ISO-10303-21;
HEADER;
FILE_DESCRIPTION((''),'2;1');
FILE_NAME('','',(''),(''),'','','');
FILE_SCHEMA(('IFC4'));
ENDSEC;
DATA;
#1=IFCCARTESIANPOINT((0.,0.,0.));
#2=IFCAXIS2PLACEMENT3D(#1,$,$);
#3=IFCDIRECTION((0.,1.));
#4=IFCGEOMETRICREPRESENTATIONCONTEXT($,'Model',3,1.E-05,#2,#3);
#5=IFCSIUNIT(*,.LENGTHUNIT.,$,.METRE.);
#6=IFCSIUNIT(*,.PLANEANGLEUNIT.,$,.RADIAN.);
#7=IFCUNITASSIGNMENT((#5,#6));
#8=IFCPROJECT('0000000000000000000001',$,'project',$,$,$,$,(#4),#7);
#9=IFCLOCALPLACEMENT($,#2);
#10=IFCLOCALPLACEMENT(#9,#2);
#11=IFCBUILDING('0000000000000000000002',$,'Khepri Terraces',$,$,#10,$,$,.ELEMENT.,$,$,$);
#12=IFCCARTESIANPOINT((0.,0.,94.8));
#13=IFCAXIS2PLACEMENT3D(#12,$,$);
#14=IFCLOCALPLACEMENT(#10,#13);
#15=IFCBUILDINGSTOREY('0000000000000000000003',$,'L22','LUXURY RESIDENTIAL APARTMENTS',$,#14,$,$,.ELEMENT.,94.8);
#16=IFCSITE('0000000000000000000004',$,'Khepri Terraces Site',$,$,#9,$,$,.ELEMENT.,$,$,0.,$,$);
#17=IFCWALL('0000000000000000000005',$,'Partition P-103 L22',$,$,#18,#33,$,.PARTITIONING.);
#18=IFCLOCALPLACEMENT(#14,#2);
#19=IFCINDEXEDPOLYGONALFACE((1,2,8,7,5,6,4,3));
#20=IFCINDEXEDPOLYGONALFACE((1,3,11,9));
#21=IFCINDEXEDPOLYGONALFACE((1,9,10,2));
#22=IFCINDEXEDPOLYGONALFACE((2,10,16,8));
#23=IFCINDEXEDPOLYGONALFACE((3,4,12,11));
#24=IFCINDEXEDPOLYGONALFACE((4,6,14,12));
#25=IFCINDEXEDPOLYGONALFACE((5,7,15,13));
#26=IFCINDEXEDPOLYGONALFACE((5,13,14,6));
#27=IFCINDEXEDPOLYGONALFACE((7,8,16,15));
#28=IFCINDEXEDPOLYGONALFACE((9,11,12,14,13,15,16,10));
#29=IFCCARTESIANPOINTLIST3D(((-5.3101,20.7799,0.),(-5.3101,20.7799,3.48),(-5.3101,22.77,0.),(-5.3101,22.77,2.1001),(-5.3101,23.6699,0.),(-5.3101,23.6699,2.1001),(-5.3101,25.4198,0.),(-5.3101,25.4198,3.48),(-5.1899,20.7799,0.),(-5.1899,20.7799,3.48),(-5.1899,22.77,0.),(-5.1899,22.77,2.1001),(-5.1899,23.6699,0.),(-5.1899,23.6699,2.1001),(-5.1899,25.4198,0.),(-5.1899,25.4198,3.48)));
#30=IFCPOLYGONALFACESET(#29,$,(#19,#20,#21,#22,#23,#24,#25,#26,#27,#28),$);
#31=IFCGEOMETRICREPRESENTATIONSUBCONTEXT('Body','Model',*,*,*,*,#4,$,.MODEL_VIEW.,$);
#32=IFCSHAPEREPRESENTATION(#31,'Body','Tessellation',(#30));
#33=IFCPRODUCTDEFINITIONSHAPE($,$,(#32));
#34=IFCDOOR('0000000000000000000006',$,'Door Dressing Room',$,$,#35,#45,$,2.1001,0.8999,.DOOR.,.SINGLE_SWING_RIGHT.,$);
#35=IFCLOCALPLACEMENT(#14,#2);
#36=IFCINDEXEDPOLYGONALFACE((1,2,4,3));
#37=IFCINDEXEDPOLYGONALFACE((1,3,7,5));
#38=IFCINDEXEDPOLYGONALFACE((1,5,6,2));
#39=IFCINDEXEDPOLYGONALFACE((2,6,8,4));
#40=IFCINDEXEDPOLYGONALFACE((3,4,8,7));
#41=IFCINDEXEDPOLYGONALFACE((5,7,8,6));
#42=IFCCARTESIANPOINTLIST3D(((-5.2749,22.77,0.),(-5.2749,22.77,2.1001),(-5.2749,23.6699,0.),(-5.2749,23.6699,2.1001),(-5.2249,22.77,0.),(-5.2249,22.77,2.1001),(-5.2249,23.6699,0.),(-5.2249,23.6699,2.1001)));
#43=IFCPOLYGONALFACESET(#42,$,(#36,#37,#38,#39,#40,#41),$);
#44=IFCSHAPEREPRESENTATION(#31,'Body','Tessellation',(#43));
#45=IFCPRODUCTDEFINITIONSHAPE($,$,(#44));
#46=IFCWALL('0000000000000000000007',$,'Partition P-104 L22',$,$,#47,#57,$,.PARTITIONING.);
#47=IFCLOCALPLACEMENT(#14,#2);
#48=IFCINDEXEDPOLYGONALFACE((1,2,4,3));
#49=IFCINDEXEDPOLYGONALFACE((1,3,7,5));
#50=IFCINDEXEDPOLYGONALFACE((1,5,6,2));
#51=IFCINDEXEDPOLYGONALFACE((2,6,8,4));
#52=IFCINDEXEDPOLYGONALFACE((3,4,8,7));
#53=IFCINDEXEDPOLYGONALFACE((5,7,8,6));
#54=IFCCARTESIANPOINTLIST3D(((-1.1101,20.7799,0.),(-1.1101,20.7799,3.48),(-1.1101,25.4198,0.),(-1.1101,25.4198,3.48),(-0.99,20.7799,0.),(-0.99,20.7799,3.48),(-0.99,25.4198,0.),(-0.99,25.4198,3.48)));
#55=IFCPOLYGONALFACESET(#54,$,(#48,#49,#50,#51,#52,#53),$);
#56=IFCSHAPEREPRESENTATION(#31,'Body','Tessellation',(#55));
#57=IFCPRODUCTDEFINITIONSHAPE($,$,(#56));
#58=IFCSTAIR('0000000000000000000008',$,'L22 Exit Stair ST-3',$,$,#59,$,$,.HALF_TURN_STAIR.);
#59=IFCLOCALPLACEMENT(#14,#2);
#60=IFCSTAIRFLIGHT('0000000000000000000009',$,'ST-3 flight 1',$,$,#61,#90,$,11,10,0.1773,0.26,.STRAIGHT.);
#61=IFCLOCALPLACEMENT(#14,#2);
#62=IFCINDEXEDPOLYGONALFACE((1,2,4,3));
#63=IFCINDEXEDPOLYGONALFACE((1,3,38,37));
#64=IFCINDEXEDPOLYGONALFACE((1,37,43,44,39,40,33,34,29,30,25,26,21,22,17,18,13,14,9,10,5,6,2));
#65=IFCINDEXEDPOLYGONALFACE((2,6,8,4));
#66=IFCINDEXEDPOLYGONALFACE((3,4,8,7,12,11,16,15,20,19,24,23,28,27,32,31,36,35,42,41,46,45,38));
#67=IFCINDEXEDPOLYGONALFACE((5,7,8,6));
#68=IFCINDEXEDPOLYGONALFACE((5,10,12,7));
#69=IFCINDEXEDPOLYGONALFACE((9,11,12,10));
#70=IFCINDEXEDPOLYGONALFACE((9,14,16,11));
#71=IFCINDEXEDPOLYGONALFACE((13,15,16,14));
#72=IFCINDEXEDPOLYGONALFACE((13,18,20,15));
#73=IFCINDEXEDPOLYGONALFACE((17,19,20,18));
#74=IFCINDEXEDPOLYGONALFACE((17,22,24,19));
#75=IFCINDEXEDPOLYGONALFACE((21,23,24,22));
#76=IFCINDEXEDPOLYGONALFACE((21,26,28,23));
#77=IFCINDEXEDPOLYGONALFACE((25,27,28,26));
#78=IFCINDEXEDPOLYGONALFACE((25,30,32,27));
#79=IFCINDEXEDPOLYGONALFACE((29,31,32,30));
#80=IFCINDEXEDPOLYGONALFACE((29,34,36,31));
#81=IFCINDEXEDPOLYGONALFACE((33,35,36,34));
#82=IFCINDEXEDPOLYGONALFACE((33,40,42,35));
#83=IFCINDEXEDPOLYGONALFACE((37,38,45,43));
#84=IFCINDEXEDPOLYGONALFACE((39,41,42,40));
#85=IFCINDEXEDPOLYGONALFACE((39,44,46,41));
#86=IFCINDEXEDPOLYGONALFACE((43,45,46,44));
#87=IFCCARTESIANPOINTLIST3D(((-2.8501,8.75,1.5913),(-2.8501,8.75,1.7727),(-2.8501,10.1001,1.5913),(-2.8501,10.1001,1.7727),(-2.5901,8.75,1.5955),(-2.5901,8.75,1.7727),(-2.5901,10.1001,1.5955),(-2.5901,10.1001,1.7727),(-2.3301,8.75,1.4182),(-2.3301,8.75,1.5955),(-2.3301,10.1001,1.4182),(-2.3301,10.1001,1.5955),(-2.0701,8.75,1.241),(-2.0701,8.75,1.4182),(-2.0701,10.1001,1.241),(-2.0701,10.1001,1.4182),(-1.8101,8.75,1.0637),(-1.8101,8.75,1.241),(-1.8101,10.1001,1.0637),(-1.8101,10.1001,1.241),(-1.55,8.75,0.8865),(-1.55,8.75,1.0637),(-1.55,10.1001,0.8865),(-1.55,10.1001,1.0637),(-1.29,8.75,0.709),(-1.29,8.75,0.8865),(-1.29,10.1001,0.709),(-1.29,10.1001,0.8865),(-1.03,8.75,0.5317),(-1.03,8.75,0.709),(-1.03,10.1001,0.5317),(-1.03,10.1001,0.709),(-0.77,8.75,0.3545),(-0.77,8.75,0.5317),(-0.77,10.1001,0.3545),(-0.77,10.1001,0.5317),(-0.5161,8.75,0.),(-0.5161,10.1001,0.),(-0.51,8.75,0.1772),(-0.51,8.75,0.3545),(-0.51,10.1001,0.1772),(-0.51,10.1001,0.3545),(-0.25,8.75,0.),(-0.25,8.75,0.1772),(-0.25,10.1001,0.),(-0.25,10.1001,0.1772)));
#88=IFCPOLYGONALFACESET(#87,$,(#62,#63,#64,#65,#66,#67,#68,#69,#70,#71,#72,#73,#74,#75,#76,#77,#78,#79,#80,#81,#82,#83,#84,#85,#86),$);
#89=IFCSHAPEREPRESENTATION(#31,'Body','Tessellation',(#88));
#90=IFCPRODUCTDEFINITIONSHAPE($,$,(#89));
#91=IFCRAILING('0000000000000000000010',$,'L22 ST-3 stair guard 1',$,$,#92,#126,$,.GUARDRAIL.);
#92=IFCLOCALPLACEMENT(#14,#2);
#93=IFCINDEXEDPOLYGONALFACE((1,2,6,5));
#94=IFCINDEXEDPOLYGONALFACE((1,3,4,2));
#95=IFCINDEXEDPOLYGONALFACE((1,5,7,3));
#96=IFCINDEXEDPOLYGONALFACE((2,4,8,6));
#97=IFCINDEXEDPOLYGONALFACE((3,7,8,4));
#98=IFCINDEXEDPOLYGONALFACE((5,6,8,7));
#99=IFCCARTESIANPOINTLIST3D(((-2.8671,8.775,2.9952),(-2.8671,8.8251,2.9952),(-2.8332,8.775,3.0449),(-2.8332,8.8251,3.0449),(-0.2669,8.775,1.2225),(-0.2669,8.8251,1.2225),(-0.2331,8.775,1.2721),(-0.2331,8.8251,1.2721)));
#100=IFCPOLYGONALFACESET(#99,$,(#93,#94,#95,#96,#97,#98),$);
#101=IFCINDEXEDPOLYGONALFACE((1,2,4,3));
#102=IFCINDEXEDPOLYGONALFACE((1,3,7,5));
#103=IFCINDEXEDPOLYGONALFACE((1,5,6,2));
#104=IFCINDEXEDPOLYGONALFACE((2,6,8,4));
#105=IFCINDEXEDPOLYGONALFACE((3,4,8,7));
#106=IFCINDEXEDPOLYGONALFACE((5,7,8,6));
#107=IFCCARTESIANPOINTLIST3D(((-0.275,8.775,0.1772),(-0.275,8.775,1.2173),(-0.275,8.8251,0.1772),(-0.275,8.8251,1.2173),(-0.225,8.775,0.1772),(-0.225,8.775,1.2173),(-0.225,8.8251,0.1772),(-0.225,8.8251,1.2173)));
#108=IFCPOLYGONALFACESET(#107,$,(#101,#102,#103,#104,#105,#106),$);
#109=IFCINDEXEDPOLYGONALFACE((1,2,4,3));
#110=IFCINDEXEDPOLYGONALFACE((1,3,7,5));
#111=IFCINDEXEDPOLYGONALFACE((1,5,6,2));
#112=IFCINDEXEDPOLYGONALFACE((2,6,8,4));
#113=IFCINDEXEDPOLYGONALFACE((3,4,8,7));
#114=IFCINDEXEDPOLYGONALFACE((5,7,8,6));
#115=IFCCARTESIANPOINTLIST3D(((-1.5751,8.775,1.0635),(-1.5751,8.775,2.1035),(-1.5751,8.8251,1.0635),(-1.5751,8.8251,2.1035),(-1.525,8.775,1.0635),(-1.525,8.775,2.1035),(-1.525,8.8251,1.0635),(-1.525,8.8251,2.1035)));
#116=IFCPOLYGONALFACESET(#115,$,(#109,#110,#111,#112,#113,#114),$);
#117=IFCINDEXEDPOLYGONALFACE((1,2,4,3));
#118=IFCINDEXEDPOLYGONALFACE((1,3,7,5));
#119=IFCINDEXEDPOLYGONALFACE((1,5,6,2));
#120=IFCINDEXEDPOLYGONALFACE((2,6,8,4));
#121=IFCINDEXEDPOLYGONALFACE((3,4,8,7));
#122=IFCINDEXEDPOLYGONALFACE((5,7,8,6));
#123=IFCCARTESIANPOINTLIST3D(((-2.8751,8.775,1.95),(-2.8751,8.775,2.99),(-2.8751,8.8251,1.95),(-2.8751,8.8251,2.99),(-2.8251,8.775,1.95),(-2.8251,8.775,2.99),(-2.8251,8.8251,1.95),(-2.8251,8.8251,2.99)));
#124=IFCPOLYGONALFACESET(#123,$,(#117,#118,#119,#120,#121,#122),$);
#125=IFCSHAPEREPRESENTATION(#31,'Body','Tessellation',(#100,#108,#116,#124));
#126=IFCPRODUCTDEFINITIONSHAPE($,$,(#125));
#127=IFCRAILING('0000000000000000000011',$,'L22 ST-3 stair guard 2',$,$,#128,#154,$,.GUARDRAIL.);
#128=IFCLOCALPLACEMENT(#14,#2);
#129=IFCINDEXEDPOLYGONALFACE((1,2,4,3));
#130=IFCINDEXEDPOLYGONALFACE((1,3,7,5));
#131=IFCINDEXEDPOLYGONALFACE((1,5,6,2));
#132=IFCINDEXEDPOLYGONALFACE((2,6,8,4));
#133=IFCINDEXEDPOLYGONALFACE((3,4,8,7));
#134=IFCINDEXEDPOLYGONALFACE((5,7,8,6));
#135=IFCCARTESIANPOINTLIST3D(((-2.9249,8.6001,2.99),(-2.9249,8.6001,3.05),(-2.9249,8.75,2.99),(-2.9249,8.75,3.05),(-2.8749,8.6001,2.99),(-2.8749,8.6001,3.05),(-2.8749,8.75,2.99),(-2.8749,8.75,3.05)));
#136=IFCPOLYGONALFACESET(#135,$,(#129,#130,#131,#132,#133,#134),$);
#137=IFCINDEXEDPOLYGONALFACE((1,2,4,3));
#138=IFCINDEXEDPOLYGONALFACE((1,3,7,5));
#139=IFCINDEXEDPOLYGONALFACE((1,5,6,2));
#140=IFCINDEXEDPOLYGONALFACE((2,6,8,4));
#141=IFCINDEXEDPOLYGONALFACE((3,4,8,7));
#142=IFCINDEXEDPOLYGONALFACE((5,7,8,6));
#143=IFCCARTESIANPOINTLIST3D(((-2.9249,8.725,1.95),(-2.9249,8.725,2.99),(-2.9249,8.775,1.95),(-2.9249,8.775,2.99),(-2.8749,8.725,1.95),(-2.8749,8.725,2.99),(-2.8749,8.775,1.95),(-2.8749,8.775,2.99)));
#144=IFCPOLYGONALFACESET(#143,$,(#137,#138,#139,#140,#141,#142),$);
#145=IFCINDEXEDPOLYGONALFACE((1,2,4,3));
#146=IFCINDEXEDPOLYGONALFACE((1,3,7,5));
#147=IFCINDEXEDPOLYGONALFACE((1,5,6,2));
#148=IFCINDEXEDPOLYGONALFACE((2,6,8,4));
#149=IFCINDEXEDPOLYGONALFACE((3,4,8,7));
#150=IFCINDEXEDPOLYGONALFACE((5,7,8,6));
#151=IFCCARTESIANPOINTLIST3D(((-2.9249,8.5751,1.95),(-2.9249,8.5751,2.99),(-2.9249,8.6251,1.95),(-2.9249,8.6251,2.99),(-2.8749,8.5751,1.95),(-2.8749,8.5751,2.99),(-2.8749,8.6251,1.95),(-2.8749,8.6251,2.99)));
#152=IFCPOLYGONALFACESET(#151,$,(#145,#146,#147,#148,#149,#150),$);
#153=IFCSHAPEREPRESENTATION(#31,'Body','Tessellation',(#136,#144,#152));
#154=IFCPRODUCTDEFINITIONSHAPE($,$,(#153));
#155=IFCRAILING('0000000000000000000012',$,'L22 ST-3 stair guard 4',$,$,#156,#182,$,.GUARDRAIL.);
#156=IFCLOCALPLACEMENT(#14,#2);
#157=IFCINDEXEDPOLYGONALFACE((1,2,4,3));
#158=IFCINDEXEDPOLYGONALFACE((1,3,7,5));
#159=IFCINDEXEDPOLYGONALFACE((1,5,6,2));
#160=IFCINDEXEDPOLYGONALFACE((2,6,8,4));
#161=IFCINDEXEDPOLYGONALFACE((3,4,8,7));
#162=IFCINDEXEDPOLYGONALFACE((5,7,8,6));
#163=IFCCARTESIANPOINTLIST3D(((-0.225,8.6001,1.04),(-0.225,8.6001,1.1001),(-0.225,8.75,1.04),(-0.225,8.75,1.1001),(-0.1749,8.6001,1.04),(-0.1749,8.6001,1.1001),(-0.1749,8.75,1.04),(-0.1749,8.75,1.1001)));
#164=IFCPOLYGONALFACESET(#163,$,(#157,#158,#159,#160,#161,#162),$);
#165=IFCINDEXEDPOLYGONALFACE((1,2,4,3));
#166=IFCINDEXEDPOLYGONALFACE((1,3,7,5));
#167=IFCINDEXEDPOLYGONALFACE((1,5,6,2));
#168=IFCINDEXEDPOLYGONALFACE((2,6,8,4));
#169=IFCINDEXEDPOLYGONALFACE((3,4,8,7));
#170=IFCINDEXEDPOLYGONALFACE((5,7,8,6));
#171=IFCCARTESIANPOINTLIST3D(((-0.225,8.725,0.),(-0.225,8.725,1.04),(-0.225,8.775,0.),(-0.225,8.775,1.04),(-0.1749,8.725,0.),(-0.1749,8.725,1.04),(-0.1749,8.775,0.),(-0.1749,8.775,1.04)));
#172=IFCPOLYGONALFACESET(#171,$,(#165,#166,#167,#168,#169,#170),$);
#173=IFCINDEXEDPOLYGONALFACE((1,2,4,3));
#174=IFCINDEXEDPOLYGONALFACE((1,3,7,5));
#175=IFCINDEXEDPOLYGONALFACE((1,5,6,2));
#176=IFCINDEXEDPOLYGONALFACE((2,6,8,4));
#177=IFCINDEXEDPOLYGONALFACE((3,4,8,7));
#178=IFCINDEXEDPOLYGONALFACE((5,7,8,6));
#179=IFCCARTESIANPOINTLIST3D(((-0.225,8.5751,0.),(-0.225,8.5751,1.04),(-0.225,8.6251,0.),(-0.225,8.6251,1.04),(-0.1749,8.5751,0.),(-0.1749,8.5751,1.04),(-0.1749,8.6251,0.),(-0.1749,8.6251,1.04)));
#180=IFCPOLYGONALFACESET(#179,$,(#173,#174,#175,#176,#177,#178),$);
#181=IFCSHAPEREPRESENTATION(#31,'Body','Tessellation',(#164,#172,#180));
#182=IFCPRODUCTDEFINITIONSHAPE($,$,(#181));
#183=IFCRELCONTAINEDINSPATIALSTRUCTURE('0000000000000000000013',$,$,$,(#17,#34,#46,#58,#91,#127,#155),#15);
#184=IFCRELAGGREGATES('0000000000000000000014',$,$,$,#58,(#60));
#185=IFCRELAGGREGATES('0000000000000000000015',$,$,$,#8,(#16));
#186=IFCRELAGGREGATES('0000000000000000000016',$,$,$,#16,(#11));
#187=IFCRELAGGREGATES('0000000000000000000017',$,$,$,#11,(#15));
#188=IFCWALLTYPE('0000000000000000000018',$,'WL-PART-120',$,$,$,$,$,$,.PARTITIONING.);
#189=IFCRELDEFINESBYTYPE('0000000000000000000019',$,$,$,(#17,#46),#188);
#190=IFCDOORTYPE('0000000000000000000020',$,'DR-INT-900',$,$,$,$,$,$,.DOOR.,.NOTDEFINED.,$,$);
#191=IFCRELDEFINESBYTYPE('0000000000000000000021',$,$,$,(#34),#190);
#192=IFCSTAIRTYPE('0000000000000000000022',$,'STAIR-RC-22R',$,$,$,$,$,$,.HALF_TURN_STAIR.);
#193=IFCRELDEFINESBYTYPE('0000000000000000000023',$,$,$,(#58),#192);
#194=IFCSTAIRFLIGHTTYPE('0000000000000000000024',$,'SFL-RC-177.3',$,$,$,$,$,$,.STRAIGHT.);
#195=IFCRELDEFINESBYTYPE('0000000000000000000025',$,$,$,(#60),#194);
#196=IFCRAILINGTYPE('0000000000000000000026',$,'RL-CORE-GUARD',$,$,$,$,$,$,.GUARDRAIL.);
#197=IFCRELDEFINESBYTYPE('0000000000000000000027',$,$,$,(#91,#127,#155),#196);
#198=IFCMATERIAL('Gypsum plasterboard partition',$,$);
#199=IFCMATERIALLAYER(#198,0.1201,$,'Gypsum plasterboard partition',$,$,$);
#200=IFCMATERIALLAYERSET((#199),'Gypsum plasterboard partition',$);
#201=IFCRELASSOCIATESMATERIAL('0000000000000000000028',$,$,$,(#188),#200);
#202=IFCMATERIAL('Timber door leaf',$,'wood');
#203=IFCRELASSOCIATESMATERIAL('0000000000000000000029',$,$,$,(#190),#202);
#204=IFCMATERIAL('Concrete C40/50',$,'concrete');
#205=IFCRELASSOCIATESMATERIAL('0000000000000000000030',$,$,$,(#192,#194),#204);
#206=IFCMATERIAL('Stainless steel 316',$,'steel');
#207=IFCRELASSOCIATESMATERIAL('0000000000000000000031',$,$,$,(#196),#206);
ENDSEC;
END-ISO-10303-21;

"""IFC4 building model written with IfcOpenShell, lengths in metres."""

from ifc_helpers import new_model, si_unit, direction, frame, frame_2d, origin, origin_2d, place, context, subcontext, project, spatial, polyline, rectangle, outline, extrude, material, layer, layer_set, type_object, element, fill, aggregate, save


model = new_model("IFC4")

# Units and contexts
model_context = context("Model", 3, precision=1e-05, world=origin(), true_north=direction((0.0, 1.0)))
body_context = subcontext(model_context, "Body", "Model", "MODEL_VIEW")
ifc_project = project(units=[si_unit("LENGTHUNIT", "METRE"), si_unit("PLANEANGLEUNIT", "RADIAN")], contexts=[model_context])

# Site, building, storey
site_placement = place(None, origin())
site = spatial("IfcSite", under=ifc_project, at=site_placement, Name="Khepri Terraces Site", CompositionType="ELEMENT", RefElevation=0.0)
building_placement = place(site_placement, origin())
building = spatial("IfcBuilding", under=site, at=building_placement, Name="Khepri Terraces", CompositionType="ELEMENT")
storey_placement = place(building_placement, frame((0.0, 0.0, 94.8)))
storey = spatial("IfcBuildingStorey", under=building, at=storey_placement, Name="L22", Description="LUXURY RESIDENTIAL APARTMENTS", CompositionType="ELEMENT", Elevation=94.8)

# Shared definitions
ifc_material_1 = material(Name="Gypsum plasterboard partition")
ifc_layer_1 = layer(ifc_material_1, 0.1201, Name="Gypsum plasterboard partition")
ifc_layer_set_1 = layer_set([ifc_layer_1], Name="Gypsum plasterboard partition")
wall_type_1 = type_object("IfcWallType", Name="WL-PART-120", PredefinedType="PARTITIONING", material=ifc_layer_set_1)

# Wall, opening, door
wall_1_placement = place(storey_placement, frame((-5.25, 20.78, 0.0), z_axis=(0.0, 0.0, 1.0), x_axis=(0.0, 1.0, 0.0)))
wall_1 = element("IfcWall", 1, at=wall_1_placement, inside=storey, type_object=wall_type_1, Name="Partition P-103 L22", PredefinedType="PARTITIONING", context=body_context, shape_type="SweptSolid", body=[
    extrude(rectangle(XDim=4.6399, YDim=0.1201, at=frame_2d((2.3198, 0.0))), origin(), (0.0, 0.0, 1.0), 3.48),
])
opening_1_placement = place(wall_1_placement, frame((1.99, 0.0, 0.0)))
opening_1 = element("IfcOpeningElement", 2, at=opening_1_placement, cuts=wall_1, PredefinedType="OPENING", context=body_context, shape_type="SweptSolid", body=[
    extrude(rectangle(XDim=0.8999, YDim=2.1001, at=frame_2d((0.45, 1.05))), frame((0.0, 0.0701, 0.0), z_axis=(0.0, -1.0, 0.0), x_axis=(1.0, 0.0, 0.0)), (0.0, 0.0, 1.0), 0.1401),
])
ifc_material_2 = material(Name="Timber door leaf", Category="wood")
door_type_1 = type_object("IfcDoorType", Name="DR-INT-900", OperationType="NOTDEFINED", PredefinedType="DOOR", material=ifc_material_2)
door_1_placement = place(opening_1_placement, origin())
door_1 = element("IfcDoor", 3, at=door_1_placement, inside=storey, type_object=door_type_1, Name="Door Dressing Room", OperationType="SINGLE_SWING_RIGHT", OverallHeight=2.1001, OverallWidth=0.8999, PredefinedType="DOOR", context=body_context, shape_type="SweptSolid", body=[
    extrude(rectangle(XDim=0.8999, YDim=2.1001, at=frame_2d((0.45, 1.05))), frame((0.0, 0.0249, 0.0), z_axis=(0.0, -1.0, 0.0), x_axis=(1.0, 0.0, 0.0)), (0.0, 0.0, 1.0), 0.05),
])
fill(opening_1, door_1)

# Wall
wall_2_placement = place(storey_placement, frame((-1.05, 20.78, 0.0), z_axis=(0.0, 0.0, 1.0), x_axis=(0.0, 1.0, 0.0)))
element("IfcWall", 4, at=wall_2_placement, inside=storey, type_object=wall_type_1, Name="Partition P-104 L22", PredefinedType="PARTITIONING", context=body_context, shape_type="SweptSolid", body=[
    extrude(rectangle(XDim=4.6399, YDim=0.1201, at=frame_2d((2.3198, 0.0))), origin(), (0.0, 0.0, 1.0), 3.48),
])

# Stair, stair flight
ifc_material_3 = material(Name="Concrete C40/50", Category="concrete")
stair_type = type_object("IfcStairType", Name="STAIR-RC-22R", PredefinedType="HALF_TURN_STAIR", material=ifc_material_3)
stair_placement = place(storey_placement, origin())
stair = element("IfcStair", 5, at=stair_placement, inside=storey, type_object=stair_type, Name="L22 Exit Stair ST-3", PredefinedType="HALF_TURN_STAIR")
stair_flight_type = type_object("IfcStairFlightType", Name="SFL-RC-177.3", PredefinedType="STRAIGHT", material=ifc_material_3)
stair_flight_placement = place(storey_placement, frame((-0.25, 9.425, 0.0), z_axis=(0.0, 0.0, 1.0), x_axis=(-1.0, 0.0, 0.0)))
stair_flight = element("IfcStairFlight", 6, at=stair_flight_placement, type_object=stair_flight_type, Name="ST-3 flight 1", NumberOfRisers=11, NumberOfTreads=10, PredefinedType="STRAIGHT", RiserHeight=0.1773, TreadLength=0.26, context=body_context, shape_type="SweptSolid", body=[
    extrude(outline(polyline([(0.0, 0.0), (0.0, 0.1772), (0.26, 0.1772), (0.26, 0.3545), (0.52, 0.3545), (0.52, 0.5317), (0.78, 0.5317), (0.78, 0.709), (1.04, 0.709), (1.04, 0.8865), (1.3, 0.8865), (1.3, 1.0637), (1.5601, 1.0637), (1.5601, 1.241), (1.8201, 1.241), (1.8201, 1.4182), (2.0801, 1.4182), (2.0801, 1.5955), (2.3401, 1.5955), (2.3401, 1.7727), (2.6001, 1.7727), (2.6001, 1.95), (2.6001, 1.5913), (0.2661, 0.0), (0.0, 0.0)])), frame((0.0, 0.675, 0.0), z_axis=(0.0, -1.0, 0.0), x_axis=(1.0, 0.0, 0.0)), (0.0, 0.0, 1.0), 1.3501),
])
aggregate(stair, [stair_flight])

# Railings
ifc_material_4 = material(Name="Stainless steel 316", Category="steel")
railing_type_1 = type_object("IfcRailingType", Name="RL-CORE-GUARD", PredefinedType="GUARDRAIL", material=ifc_material_4)
railing_1_placement = place(storey_placement, frame((-0.25, 8.8, 0.1772)))
element("IfcRailing", 7, at=railing_1_placement, inside=storey, type_object=railing_type_1, Name="L22 ST-3 stair guard 1", PredefinedType="GUARDRAIL", context=body_context, shape_type="SweptSolid", body=[
    extrude(rectangle(XDim=0.05, YDim=0.0601, at=origin_2d()), frame((0.0, 0.0, 1.0701), z_axis=(-0.82624, 0.0, 0.563318), x_axis=(0.0, -1.0, 0.0)), (0.0, 0.0, 1.0), 3.147),
    extrude(rectangle(XDim=0.05, YDim=0.05, at=origin_2d()), origin(), (0.0, 0.0, 1.0), 1.04),
    extrude(rectangle(XDim=0.05, YDim=0.05, at=origin_2d()), frame((-1.3, 0.0, 0.8862)), (0.0, 0.0, 1.0), 1.04),
    extrude(rectangle(XDim=0.05, YDim=0.05, at=origin_2d()), frame((-2.6001, 0.0, 1.7727)), (0.0, 0.0, 1.0), 1.04),
])
for number, where, name in (
    (8, (-2.8999, 8.75, 1.95), "L22 ST-3 stair guard 2"),
    (9, (-0.2, 8.75, 0.0), "L22 ST-3 stair guard 4"),
):
    element("IfcRailing", number, at=place(storey_placement, frame(where)), inside=storey, type_object=railing_type_1, Name=name, PredefinedType="GUARDRAIL", context=body_context, shape_type="SweptSolid", body=[
        extrude(rectangle(XDim=0.05, YDim=0.0601, at=origin_2d()), frame((0.0, 0.0, 1.0701), z_axis=(0.0, -1.0, 0.0), x_axis=(1.0, 0.0, 0.0)), (0.0, 0.0, 1.0), 0.1499),
        extrude(rectangle(XDim=0.05, YDim=0.05, at=origin_2d()), origin(), (0.0, 0.0, 1.0), 1.04),
        extrude(rectangle(XDim=0.05, YDim=0.05, at=origin_2d()), frame((0.0, -0.1499, 0.0)), (0.0, 0.0, 1.0), 1.04),
    ])

save(model, "model.ifc")
